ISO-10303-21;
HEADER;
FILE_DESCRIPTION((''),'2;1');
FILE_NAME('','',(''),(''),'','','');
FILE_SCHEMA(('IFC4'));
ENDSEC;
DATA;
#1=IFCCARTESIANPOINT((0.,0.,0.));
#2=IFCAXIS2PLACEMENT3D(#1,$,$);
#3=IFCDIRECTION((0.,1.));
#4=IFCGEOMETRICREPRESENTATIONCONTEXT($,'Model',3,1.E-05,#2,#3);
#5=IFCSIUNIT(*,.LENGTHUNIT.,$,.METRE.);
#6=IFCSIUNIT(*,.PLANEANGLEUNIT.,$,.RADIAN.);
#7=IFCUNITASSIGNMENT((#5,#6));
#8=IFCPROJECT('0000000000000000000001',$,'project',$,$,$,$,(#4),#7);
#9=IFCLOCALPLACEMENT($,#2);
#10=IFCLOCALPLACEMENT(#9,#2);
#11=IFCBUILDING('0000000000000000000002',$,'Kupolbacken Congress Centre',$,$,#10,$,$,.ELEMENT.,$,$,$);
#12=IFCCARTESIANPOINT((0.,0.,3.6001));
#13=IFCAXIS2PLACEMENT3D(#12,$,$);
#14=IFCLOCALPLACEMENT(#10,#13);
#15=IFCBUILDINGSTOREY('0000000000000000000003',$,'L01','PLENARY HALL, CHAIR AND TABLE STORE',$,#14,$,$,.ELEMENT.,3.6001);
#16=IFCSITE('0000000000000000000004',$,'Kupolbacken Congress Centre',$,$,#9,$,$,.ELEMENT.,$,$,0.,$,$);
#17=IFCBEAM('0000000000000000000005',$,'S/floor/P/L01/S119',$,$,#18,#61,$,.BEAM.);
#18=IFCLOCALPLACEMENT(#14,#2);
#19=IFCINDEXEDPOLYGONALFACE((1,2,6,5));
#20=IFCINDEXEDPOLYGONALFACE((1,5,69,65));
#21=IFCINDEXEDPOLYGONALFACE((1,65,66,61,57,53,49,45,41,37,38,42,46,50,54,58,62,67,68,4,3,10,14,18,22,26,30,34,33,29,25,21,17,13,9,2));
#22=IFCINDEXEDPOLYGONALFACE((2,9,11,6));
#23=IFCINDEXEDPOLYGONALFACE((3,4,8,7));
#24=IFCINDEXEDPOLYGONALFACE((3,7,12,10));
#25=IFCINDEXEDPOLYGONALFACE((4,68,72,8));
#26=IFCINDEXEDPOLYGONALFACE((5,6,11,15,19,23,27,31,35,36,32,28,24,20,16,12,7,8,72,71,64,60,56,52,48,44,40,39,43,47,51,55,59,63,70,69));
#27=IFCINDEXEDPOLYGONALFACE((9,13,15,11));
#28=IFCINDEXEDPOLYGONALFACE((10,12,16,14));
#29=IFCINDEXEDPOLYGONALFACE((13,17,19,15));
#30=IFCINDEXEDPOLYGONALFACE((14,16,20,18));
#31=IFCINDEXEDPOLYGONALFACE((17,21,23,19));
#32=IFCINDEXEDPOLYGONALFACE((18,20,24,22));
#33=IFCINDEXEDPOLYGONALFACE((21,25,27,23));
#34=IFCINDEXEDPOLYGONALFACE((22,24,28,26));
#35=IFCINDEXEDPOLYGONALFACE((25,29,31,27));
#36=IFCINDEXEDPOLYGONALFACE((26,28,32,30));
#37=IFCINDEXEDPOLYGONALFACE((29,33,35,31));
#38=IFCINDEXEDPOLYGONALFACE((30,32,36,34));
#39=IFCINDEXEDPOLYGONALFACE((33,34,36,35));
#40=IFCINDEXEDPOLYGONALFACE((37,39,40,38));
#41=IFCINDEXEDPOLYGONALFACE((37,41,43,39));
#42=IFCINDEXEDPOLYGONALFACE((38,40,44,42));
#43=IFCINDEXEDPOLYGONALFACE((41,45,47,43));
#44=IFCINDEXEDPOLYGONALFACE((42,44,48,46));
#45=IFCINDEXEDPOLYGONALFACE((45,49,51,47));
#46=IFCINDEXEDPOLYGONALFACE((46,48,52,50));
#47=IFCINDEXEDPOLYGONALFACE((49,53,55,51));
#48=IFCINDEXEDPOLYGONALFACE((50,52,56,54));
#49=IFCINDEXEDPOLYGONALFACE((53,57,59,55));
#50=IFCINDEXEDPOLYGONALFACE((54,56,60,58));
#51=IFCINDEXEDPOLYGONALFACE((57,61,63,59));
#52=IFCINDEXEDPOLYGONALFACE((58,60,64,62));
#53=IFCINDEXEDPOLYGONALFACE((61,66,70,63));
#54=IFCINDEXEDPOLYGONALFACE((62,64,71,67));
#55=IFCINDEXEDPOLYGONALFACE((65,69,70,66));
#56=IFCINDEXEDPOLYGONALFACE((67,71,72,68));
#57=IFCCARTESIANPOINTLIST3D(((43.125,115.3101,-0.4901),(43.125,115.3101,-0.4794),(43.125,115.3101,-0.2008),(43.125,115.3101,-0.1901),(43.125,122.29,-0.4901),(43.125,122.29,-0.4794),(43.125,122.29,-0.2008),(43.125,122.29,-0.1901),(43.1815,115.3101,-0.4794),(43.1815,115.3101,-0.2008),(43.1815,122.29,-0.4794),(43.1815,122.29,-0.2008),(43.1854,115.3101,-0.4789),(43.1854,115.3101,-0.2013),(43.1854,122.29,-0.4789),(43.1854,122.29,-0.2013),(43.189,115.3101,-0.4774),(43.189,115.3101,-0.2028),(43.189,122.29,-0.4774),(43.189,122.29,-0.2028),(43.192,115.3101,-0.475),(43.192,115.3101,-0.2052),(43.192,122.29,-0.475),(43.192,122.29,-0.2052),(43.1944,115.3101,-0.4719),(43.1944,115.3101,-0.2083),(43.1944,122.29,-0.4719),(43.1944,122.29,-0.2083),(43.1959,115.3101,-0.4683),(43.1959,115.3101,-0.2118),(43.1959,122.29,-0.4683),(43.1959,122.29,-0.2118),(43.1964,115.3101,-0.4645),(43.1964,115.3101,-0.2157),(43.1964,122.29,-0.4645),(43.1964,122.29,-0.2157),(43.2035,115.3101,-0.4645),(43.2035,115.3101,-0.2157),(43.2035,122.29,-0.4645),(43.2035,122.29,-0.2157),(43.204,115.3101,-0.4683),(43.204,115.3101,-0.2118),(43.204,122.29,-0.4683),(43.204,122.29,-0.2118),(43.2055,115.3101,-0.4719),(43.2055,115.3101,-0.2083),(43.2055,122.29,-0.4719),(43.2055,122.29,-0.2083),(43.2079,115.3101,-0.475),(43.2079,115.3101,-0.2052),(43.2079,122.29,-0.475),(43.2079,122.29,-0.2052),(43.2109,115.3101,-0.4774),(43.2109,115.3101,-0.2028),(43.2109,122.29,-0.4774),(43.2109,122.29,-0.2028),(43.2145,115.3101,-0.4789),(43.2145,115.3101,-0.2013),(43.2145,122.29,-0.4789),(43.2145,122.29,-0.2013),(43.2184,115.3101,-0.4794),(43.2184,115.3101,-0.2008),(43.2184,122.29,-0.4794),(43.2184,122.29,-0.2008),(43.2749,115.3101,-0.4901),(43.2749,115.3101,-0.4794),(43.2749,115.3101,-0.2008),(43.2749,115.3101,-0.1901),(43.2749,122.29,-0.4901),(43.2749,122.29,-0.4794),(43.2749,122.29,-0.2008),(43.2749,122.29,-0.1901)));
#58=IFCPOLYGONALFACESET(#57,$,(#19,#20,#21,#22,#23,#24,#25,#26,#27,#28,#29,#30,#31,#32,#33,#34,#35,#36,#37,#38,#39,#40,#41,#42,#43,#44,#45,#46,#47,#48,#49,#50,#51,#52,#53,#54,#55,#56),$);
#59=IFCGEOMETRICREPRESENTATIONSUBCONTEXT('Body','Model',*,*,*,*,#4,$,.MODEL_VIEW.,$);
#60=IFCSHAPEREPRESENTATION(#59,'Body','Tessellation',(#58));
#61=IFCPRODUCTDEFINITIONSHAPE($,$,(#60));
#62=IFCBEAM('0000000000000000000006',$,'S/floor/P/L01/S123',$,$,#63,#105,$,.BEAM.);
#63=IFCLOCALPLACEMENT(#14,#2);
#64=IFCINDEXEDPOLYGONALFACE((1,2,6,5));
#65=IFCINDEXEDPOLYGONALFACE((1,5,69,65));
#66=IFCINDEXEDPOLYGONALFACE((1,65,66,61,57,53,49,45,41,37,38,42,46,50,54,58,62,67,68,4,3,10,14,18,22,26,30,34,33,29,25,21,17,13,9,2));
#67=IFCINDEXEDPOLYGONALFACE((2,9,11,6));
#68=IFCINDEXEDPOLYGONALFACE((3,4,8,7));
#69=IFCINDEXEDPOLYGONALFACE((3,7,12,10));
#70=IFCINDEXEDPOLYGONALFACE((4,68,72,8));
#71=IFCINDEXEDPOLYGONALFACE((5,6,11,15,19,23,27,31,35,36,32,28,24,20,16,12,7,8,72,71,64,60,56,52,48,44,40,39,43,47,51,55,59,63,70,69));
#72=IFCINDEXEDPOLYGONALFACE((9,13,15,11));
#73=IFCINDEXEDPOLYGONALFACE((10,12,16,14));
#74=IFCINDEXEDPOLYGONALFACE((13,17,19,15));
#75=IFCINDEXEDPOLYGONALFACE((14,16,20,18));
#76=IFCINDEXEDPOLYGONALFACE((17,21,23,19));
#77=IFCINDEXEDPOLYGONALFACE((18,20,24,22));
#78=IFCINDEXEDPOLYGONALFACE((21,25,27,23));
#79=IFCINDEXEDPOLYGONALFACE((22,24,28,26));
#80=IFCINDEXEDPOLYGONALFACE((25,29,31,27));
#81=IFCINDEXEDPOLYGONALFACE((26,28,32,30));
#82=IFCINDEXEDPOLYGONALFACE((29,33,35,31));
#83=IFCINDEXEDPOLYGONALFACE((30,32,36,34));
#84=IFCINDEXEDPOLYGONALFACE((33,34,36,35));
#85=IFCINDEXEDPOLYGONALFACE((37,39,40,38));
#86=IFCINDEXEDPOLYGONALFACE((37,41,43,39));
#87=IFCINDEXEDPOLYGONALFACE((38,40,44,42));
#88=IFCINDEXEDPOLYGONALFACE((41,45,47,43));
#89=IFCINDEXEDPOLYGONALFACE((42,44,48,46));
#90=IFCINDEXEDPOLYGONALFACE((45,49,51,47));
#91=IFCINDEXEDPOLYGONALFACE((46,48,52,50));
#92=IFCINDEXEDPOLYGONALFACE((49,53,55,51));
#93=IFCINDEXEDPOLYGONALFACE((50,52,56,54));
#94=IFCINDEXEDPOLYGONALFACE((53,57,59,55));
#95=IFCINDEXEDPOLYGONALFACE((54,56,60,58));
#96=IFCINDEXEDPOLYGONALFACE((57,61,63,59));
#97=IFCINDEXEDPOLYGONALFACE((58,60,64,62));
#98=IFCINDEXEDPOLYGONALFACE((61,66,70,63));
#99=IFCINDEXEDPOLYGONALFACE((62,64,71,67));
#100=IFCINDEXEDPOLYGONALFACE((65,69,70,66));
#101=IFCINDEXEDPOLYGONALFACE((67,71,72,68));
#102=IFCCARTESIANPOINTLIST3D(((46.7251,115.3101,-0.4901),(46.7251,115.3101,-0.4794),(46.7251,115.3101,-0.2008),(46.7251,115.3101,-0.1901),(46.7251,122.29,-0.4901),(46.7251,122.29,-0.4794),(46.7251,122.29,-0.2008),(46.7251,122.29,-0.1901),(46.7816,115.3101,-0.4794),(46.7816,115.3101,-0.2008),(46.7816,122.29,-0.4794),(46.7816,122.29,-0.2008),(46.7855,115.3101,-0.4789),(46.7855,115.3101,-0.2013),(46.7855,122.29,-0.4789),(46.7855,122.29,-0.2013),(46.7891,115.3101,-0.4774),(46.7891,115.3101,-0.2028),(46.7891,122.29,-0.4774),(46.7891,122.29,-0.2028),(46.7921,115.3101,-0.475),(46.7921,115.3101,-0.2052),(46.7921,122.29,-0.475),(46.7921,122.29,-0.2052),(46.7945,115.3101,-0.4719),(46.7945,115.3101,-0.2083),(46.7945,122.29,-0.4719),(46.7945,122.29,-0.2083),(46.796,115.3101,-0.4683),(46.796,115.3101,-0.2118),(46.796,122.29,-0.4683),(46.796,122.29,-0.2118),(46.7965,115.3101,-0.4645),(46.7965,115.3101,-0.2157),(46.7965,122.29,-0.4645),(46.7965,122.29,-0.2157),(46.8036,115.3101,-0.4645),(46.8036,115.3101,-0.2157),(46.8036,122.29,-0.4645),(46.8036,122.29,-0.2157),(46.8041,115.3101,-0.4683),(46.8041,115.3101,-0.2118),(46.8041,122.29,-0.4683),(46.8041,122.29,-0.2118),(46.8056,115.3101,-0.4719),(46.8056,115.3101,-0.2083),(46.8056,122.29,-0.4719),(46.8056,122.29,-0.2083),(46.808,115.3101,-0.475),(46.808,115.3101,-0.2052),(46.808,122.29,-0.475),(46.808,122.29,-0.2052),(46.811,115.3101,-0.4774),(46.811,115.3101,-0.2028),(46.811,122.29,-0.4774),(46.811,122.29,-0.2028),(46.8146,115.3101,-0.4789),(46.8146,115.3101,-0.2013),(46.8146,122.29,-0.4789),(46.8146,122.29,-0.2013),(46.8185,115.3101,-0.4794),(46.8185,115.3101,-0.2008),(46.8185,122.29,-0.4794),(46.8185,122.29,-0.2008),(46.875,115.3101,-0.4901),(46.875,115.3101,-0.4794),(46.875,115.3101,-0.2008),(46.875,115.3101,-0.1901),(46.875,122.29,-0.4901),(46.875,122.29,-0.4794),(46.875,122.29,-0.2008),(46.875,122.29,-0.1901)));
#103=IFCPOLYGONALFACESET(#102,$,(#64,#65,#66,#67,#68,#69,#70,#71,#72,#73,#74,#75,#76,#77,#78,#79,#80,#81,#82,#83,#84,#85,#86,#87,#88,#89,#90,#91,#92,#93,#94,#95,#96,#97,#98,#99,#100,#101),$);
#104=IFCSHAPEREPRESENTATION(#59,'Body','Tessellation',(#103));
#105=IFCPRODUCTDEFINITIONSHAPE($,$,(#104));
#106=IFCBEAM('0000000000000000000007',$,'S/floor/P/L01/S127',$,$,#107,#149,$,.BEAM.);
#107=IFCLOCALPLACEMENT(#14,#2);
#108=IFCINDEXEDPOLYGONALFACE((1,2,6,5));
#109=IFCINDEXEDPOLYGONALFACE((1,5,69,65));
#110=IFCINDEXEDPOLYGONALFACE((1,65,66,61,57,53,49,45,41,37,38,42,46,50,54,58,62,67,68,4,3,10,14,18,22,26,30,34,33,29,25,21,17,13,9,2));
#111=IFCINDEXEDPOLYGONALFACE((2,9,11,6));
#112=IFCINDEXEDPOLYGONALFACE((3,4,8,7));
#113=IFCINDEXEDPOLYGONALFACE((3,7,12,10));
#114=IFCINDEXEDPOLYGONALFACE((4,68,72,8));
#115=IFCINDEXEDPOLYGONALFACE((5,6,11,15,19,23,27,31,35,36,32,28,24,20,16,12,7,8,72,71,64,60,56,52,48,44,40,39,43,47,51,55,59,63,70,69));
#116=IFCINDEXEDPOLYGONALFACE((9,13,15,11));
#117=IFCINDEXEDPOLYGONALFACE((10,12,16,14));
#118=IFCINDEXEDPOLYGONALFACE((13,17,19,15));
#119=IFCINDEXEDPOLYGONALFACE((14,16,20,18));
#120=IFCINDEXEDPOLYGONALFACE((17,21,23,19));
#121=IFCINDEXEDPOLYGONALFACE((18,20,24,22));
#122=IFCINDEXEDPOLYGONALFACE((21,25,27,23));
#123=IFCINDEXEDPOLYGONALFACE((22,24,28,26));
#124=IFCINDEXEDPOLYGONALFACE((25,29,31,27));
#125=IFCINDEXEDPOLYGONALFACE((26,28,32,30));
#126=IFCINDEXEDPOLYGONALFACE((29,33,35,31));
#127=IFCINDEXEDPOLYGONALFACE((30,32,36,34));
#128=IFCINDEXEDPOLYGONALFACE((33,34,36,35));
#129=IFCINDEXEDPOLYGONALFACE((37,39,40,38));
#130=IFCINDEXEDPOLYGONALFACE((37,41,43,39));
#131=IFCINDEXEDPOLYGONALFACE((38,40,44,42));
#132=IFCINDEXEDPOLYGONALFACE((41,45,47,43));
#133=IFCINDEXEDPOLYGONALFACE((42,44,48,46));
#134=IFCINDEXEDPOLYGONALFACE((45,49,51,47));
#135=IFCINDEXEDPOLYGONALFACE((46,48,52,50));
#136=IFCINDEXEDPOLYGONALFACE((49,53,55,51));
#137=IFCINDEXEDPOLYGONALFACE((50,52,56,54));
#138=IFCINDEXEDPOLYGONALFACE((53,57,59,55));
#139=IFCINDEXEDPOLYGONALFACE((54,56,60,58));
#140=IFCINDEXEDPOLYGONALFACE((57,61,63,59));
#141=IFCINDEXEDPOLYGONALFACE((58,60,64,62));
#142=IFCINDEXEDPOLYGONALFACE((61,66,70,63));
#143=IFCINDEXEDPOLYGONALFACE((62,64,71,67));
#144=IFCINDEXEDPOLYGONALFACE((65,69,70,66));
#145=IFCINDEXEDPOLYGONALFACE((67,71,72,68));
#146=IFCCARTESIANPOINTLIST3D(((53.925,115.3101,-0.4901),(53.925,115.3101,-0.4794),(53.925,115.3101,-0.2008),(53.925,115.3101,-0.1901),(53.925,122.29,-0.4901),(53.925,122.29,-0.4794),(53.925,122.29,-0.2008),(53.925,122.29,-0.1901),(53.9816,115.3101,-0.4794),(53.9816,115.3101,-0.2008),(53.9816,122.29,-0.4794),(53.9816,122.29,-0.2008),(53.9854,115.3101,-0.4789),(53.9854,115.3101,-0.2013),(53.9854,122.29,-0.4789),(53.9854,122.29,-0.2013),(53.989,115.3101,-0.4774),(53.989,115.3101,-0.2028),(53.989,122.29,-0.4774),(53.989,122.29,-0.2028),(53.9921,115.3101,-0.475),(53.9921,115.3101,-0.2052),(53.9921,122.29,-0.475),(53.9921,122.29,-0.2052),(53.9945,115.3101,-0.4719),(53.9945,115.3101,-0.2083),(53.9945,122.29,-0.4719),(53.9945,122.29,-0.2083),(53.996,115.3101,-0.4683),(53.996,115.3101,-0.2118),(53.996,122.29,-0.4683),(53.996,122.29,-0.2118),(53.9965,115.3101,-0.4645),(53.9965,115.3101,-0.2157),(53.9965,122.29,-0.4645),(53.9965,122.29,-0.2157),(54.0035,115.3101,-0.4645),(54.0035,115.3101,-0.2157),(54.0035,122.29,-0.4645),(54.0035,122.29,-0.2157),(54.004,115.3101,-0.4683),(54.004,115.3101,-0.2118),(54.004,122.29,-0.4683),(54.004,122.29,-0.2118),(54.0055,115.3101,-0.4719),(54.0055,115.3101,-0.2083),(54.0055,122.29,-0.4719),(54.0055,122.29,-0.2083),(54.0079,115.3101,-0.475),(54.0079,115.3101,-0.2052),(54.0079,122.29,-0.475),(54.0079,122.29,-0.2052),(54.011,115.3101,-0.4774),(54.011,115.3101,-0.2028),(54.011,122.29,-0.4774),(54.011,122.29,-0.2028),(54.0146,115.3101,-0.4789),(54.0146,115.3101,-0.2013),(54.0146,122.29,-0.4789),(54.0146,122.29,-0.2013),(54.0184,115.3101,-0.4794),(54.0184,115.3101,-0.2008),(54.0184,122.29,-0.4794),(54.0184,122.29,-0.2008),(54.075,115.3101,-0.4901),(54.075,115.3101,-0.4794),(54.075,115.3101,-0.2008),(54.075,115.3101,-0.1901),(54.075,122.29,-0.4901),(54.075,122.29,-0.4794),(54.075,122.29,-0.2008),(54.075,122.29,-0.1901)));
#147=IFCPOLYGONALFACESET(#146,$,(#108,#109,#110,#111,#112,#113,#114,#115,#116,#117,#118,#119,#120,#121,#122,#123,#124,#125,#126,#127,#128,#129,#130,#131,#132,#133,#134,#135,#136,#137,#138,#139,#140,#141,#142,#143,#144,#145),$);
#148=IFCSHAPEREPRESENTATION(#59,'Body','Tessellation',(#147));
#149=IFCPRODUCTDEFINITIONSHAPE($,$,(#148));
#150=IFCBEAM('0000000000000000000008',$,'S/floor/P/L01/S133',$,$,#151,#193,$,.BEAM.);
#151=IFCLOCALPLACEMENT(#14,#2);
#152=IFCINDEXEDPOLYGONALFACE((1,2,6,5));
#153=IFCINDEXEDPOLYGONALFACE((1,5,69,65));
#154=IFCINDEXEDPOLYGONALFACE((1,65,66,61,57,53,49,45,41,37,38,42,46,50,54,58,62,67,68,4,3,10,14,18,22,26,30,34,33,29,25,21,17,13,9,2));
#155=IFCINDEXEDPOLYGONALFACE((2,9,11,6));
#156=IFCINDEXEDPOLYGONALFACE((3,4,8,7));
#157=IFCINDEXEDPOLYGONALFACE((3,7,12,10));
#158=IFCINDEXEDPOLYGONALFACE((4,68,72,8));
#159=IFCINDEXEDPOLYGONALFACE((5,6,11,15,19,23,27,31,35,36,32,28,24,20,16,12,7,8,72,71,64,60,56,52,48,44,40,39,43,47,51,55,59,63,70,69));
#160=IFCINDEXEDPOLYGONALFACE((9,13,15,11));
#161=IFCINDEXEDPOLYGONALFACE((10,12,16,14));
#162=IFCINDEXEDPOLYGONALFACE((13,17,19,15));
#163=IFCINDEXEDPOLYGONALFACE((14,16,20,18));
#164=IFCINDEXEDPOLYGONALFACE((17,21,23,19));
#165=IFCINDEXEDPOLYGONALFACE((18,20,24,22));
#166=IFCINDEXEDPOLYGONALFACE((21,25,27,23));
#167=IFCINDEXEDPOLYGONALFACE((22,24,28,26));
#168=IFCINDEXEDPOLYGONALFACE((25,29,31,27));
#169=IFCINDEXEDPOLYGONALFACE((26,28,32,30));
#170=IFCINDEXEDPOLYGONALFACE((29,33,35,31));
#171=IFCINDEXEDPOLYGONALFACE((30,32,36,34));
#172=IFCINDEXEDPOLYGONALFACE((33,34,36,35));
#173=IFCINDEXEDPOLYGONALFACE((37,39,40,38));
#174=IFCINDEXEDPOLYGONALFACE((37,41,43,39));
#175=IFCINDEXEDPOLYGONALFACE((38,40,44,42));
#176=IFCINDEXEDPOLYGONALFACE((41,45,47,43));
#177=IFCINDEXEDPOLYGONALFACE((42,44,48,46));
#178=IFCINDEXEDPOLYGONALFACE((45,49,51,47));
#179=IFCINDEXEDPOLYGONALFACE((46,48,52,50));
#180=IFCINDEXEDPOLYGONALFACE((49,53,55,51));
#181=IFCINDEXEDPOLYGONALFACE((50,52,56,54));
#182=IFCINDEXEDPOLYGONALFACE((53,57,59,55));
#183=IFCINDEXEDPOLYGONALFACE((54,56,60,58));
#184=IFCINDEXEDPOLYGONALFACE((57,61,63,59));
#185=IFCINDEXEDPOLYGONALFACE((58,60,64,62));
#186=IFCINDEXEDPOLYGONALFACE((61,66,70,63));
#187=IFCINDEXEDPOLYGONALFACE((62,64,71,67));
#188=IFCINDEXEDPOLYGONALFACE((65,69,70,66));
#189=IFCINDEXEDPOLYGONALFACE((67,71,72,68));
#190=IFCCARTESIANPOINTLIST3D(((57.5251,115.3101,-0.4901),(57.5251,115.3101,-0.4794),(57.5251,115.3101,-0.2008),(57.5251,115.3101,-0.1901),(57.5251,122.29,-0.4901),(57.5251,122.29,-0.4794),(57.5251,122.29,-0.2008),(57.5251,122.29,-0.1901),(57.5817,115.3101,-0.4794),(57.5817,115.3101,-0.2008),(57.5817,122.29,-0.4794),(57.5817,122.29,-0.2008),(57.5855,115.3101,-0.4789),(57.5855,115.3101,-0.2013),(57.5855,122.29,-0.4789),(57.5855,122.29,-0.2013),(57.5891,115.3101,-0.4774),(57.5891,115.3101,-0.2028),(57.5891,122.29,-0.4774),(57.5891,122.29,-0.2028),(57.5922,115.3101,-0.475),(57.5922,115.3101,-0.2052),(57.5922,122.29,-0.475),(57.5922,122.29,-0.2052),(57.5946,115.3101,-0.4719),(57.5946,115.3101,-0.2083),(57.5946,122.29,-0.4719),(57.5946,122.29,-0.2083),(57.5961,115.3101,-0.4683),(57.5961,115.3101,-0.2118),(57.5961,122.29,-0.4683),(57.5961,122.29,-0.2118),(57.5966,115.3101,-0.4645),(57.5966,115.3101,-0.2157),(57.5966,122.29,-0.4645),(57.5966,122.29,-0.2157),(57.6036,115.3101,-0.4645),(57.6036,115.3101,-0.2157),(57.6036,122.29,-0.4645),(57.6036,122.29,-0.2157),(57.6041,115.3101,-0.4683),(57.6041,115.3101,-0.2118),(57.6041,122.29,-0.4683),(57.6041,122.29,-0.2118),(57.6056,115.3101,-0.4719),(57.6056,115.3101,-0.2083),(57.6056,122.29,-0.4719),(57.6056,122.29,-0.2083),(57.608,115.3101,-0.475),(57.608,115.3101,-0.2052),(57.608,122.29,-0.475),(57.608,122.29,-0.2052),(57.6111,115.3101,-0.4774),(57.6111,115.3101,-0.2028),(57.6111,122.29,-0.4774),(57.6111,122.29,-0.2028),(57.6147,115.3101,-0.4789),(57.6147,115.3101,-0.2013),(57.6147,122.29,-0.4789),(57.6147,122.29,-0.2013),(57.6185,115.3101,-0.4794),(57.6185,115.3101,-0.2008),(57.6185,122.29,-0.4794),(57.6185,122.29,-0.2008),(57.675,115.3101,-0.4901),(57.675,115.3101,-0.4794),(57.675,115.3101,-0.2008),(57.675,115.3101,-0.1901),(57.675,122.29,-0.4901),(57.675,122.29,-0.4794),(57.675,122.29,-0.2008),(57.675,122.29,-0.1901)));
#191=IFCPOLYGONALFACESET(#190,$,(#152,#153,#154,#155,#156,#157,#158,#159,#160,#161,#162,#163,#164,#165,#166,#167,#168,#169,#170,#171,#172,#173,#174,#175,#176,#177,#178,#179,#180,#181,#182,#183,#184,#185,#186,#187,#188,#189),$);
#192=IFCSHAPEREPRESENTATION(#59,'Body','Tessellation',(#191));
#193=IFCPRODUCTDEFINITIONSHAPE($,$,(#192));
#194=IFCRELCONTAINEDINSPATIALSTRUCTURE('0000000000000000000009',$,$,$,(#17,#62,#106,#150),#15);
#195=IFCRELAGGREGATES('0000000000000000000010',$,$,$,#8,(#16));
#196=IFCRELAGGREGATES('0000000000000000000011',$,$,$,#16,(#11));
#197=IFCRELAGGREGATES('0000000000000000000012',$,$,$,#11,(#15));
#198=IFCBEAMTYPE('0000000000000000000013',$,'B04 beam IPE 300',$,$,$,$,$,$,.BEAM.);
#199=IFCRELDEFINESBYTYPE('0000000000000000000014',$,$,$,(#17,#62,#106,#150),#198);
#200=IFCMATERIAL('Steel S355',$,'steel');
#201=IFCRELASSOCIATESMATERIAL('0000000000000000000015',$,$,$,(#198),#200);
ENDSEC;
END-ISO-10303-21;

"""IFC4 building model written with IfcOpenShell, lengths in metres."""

from ifc_helpers import new_model, si_unit, direction, frame, origin, origin_2d, place, context, subcontext, project, spatial, i_section, extrude, material, material_profile, profile_set, type_object, element, save


model = new_model("IFC4")

# Units and contexts
model_context = context("Model", 3, precision=1e-05, world=origin(), true_north=direction((0.0, 1.0)))
body_context = subcontext(model_context, "Body", "Model", "MODEL_VIEW")
ifc_project = project(units=[si_unit("LENGTHUNIT", "METRE"), si_unit("PLANEANGLEUNIT", "RADIAN")], contexts=[model_context])

# Site, building, storey
site_placement = place(None, origin())
site = spatial("IfcSite", under=ifc_project, at=site_placement, Name="Kupolbacken Congress Centre", CompositionType="ELEMENT", RefElevation=0.0)
building_placement = place(site_placement, origin())
building = spatial("IfcBuilding", under=site, at=building_placement, Name="Kupolbacken Congress Centre", CompositionType="ELEMENT")
storey_placement = place(building_placement, frame((0.0, 0.0, 3.6001)))
storey = spatial("IfcBuildingStorey", under=building, at=storey_placement, Name="L01", Description="PLENARY HALL, CHAIR AND TABLE STORE", CompositionType="ELEMENT", Elevation=3.6001)

# Beams
ifc_material_1 = material(Name="Steel S355", Category="steel")
ifc_material_profile_1 = material_profile(ifc_material_1, i_section(OverallWidth=0.1499, OverallDepth=0.3, WebThickness=0.0071, FlangeThickness=0.0107, FilletRadius=0.0149, at=origin_2d()), Name="IPE 300")
ifc_profile_set_1 = profile_set([ifc_material_profile_1], Name="Steel S355")
beam_type_1 = type_object("IfcBeamType", Name="B04 beam IPE 300", PredefinedType="BEAM", material=ifc_profile_set_1)
for number, where, z_axis, x_axis, name in (
    (1, (43.2, 115.3101, -0.3401), (0.0, 1.0, 0.0), (-1.0, 0.0, 0.0), "S/floor/P/L01/S119"),
    (2, (46.8, 115.3101, -0.3401), (0.0, 1.0, 0.0), (-1.0, 0.0, 0.0), "S/floor/P/L01/S123"),
    (3, (54.0, 115.3101, -0.3401), (0.0, 1.0, 0.0), (-1.0, 0.0, 0.0), "S/floor/P/L01/S127"),
    (4, (57.6001, 115.3101, -0.3401), (0.0, 1.0, 0.0), (-1.0, 0.0, 0.0), "S/floor/P/L01/S133"),
):
    element("IfcBeam", number, at=place(storey_placement, frame(where, z_axis=z_axis, x_axis=x_axis)), inside=storey, type_object=beam_type_1, Name=name, PredefinedType="BEAM", context=body_context, shape_type="SweptSolid", body=[
        extrude(i_section(OverallWidth=0.1499, OverallDepth=0.3, WebThickness=0.0071, FlangeThickness=0.0107, FilletRadius=0.0149, at=origin_2d()), origin(), (0.0, 0.0, 1.0), 6.98),
    ])

save(model, "model.ifc")
